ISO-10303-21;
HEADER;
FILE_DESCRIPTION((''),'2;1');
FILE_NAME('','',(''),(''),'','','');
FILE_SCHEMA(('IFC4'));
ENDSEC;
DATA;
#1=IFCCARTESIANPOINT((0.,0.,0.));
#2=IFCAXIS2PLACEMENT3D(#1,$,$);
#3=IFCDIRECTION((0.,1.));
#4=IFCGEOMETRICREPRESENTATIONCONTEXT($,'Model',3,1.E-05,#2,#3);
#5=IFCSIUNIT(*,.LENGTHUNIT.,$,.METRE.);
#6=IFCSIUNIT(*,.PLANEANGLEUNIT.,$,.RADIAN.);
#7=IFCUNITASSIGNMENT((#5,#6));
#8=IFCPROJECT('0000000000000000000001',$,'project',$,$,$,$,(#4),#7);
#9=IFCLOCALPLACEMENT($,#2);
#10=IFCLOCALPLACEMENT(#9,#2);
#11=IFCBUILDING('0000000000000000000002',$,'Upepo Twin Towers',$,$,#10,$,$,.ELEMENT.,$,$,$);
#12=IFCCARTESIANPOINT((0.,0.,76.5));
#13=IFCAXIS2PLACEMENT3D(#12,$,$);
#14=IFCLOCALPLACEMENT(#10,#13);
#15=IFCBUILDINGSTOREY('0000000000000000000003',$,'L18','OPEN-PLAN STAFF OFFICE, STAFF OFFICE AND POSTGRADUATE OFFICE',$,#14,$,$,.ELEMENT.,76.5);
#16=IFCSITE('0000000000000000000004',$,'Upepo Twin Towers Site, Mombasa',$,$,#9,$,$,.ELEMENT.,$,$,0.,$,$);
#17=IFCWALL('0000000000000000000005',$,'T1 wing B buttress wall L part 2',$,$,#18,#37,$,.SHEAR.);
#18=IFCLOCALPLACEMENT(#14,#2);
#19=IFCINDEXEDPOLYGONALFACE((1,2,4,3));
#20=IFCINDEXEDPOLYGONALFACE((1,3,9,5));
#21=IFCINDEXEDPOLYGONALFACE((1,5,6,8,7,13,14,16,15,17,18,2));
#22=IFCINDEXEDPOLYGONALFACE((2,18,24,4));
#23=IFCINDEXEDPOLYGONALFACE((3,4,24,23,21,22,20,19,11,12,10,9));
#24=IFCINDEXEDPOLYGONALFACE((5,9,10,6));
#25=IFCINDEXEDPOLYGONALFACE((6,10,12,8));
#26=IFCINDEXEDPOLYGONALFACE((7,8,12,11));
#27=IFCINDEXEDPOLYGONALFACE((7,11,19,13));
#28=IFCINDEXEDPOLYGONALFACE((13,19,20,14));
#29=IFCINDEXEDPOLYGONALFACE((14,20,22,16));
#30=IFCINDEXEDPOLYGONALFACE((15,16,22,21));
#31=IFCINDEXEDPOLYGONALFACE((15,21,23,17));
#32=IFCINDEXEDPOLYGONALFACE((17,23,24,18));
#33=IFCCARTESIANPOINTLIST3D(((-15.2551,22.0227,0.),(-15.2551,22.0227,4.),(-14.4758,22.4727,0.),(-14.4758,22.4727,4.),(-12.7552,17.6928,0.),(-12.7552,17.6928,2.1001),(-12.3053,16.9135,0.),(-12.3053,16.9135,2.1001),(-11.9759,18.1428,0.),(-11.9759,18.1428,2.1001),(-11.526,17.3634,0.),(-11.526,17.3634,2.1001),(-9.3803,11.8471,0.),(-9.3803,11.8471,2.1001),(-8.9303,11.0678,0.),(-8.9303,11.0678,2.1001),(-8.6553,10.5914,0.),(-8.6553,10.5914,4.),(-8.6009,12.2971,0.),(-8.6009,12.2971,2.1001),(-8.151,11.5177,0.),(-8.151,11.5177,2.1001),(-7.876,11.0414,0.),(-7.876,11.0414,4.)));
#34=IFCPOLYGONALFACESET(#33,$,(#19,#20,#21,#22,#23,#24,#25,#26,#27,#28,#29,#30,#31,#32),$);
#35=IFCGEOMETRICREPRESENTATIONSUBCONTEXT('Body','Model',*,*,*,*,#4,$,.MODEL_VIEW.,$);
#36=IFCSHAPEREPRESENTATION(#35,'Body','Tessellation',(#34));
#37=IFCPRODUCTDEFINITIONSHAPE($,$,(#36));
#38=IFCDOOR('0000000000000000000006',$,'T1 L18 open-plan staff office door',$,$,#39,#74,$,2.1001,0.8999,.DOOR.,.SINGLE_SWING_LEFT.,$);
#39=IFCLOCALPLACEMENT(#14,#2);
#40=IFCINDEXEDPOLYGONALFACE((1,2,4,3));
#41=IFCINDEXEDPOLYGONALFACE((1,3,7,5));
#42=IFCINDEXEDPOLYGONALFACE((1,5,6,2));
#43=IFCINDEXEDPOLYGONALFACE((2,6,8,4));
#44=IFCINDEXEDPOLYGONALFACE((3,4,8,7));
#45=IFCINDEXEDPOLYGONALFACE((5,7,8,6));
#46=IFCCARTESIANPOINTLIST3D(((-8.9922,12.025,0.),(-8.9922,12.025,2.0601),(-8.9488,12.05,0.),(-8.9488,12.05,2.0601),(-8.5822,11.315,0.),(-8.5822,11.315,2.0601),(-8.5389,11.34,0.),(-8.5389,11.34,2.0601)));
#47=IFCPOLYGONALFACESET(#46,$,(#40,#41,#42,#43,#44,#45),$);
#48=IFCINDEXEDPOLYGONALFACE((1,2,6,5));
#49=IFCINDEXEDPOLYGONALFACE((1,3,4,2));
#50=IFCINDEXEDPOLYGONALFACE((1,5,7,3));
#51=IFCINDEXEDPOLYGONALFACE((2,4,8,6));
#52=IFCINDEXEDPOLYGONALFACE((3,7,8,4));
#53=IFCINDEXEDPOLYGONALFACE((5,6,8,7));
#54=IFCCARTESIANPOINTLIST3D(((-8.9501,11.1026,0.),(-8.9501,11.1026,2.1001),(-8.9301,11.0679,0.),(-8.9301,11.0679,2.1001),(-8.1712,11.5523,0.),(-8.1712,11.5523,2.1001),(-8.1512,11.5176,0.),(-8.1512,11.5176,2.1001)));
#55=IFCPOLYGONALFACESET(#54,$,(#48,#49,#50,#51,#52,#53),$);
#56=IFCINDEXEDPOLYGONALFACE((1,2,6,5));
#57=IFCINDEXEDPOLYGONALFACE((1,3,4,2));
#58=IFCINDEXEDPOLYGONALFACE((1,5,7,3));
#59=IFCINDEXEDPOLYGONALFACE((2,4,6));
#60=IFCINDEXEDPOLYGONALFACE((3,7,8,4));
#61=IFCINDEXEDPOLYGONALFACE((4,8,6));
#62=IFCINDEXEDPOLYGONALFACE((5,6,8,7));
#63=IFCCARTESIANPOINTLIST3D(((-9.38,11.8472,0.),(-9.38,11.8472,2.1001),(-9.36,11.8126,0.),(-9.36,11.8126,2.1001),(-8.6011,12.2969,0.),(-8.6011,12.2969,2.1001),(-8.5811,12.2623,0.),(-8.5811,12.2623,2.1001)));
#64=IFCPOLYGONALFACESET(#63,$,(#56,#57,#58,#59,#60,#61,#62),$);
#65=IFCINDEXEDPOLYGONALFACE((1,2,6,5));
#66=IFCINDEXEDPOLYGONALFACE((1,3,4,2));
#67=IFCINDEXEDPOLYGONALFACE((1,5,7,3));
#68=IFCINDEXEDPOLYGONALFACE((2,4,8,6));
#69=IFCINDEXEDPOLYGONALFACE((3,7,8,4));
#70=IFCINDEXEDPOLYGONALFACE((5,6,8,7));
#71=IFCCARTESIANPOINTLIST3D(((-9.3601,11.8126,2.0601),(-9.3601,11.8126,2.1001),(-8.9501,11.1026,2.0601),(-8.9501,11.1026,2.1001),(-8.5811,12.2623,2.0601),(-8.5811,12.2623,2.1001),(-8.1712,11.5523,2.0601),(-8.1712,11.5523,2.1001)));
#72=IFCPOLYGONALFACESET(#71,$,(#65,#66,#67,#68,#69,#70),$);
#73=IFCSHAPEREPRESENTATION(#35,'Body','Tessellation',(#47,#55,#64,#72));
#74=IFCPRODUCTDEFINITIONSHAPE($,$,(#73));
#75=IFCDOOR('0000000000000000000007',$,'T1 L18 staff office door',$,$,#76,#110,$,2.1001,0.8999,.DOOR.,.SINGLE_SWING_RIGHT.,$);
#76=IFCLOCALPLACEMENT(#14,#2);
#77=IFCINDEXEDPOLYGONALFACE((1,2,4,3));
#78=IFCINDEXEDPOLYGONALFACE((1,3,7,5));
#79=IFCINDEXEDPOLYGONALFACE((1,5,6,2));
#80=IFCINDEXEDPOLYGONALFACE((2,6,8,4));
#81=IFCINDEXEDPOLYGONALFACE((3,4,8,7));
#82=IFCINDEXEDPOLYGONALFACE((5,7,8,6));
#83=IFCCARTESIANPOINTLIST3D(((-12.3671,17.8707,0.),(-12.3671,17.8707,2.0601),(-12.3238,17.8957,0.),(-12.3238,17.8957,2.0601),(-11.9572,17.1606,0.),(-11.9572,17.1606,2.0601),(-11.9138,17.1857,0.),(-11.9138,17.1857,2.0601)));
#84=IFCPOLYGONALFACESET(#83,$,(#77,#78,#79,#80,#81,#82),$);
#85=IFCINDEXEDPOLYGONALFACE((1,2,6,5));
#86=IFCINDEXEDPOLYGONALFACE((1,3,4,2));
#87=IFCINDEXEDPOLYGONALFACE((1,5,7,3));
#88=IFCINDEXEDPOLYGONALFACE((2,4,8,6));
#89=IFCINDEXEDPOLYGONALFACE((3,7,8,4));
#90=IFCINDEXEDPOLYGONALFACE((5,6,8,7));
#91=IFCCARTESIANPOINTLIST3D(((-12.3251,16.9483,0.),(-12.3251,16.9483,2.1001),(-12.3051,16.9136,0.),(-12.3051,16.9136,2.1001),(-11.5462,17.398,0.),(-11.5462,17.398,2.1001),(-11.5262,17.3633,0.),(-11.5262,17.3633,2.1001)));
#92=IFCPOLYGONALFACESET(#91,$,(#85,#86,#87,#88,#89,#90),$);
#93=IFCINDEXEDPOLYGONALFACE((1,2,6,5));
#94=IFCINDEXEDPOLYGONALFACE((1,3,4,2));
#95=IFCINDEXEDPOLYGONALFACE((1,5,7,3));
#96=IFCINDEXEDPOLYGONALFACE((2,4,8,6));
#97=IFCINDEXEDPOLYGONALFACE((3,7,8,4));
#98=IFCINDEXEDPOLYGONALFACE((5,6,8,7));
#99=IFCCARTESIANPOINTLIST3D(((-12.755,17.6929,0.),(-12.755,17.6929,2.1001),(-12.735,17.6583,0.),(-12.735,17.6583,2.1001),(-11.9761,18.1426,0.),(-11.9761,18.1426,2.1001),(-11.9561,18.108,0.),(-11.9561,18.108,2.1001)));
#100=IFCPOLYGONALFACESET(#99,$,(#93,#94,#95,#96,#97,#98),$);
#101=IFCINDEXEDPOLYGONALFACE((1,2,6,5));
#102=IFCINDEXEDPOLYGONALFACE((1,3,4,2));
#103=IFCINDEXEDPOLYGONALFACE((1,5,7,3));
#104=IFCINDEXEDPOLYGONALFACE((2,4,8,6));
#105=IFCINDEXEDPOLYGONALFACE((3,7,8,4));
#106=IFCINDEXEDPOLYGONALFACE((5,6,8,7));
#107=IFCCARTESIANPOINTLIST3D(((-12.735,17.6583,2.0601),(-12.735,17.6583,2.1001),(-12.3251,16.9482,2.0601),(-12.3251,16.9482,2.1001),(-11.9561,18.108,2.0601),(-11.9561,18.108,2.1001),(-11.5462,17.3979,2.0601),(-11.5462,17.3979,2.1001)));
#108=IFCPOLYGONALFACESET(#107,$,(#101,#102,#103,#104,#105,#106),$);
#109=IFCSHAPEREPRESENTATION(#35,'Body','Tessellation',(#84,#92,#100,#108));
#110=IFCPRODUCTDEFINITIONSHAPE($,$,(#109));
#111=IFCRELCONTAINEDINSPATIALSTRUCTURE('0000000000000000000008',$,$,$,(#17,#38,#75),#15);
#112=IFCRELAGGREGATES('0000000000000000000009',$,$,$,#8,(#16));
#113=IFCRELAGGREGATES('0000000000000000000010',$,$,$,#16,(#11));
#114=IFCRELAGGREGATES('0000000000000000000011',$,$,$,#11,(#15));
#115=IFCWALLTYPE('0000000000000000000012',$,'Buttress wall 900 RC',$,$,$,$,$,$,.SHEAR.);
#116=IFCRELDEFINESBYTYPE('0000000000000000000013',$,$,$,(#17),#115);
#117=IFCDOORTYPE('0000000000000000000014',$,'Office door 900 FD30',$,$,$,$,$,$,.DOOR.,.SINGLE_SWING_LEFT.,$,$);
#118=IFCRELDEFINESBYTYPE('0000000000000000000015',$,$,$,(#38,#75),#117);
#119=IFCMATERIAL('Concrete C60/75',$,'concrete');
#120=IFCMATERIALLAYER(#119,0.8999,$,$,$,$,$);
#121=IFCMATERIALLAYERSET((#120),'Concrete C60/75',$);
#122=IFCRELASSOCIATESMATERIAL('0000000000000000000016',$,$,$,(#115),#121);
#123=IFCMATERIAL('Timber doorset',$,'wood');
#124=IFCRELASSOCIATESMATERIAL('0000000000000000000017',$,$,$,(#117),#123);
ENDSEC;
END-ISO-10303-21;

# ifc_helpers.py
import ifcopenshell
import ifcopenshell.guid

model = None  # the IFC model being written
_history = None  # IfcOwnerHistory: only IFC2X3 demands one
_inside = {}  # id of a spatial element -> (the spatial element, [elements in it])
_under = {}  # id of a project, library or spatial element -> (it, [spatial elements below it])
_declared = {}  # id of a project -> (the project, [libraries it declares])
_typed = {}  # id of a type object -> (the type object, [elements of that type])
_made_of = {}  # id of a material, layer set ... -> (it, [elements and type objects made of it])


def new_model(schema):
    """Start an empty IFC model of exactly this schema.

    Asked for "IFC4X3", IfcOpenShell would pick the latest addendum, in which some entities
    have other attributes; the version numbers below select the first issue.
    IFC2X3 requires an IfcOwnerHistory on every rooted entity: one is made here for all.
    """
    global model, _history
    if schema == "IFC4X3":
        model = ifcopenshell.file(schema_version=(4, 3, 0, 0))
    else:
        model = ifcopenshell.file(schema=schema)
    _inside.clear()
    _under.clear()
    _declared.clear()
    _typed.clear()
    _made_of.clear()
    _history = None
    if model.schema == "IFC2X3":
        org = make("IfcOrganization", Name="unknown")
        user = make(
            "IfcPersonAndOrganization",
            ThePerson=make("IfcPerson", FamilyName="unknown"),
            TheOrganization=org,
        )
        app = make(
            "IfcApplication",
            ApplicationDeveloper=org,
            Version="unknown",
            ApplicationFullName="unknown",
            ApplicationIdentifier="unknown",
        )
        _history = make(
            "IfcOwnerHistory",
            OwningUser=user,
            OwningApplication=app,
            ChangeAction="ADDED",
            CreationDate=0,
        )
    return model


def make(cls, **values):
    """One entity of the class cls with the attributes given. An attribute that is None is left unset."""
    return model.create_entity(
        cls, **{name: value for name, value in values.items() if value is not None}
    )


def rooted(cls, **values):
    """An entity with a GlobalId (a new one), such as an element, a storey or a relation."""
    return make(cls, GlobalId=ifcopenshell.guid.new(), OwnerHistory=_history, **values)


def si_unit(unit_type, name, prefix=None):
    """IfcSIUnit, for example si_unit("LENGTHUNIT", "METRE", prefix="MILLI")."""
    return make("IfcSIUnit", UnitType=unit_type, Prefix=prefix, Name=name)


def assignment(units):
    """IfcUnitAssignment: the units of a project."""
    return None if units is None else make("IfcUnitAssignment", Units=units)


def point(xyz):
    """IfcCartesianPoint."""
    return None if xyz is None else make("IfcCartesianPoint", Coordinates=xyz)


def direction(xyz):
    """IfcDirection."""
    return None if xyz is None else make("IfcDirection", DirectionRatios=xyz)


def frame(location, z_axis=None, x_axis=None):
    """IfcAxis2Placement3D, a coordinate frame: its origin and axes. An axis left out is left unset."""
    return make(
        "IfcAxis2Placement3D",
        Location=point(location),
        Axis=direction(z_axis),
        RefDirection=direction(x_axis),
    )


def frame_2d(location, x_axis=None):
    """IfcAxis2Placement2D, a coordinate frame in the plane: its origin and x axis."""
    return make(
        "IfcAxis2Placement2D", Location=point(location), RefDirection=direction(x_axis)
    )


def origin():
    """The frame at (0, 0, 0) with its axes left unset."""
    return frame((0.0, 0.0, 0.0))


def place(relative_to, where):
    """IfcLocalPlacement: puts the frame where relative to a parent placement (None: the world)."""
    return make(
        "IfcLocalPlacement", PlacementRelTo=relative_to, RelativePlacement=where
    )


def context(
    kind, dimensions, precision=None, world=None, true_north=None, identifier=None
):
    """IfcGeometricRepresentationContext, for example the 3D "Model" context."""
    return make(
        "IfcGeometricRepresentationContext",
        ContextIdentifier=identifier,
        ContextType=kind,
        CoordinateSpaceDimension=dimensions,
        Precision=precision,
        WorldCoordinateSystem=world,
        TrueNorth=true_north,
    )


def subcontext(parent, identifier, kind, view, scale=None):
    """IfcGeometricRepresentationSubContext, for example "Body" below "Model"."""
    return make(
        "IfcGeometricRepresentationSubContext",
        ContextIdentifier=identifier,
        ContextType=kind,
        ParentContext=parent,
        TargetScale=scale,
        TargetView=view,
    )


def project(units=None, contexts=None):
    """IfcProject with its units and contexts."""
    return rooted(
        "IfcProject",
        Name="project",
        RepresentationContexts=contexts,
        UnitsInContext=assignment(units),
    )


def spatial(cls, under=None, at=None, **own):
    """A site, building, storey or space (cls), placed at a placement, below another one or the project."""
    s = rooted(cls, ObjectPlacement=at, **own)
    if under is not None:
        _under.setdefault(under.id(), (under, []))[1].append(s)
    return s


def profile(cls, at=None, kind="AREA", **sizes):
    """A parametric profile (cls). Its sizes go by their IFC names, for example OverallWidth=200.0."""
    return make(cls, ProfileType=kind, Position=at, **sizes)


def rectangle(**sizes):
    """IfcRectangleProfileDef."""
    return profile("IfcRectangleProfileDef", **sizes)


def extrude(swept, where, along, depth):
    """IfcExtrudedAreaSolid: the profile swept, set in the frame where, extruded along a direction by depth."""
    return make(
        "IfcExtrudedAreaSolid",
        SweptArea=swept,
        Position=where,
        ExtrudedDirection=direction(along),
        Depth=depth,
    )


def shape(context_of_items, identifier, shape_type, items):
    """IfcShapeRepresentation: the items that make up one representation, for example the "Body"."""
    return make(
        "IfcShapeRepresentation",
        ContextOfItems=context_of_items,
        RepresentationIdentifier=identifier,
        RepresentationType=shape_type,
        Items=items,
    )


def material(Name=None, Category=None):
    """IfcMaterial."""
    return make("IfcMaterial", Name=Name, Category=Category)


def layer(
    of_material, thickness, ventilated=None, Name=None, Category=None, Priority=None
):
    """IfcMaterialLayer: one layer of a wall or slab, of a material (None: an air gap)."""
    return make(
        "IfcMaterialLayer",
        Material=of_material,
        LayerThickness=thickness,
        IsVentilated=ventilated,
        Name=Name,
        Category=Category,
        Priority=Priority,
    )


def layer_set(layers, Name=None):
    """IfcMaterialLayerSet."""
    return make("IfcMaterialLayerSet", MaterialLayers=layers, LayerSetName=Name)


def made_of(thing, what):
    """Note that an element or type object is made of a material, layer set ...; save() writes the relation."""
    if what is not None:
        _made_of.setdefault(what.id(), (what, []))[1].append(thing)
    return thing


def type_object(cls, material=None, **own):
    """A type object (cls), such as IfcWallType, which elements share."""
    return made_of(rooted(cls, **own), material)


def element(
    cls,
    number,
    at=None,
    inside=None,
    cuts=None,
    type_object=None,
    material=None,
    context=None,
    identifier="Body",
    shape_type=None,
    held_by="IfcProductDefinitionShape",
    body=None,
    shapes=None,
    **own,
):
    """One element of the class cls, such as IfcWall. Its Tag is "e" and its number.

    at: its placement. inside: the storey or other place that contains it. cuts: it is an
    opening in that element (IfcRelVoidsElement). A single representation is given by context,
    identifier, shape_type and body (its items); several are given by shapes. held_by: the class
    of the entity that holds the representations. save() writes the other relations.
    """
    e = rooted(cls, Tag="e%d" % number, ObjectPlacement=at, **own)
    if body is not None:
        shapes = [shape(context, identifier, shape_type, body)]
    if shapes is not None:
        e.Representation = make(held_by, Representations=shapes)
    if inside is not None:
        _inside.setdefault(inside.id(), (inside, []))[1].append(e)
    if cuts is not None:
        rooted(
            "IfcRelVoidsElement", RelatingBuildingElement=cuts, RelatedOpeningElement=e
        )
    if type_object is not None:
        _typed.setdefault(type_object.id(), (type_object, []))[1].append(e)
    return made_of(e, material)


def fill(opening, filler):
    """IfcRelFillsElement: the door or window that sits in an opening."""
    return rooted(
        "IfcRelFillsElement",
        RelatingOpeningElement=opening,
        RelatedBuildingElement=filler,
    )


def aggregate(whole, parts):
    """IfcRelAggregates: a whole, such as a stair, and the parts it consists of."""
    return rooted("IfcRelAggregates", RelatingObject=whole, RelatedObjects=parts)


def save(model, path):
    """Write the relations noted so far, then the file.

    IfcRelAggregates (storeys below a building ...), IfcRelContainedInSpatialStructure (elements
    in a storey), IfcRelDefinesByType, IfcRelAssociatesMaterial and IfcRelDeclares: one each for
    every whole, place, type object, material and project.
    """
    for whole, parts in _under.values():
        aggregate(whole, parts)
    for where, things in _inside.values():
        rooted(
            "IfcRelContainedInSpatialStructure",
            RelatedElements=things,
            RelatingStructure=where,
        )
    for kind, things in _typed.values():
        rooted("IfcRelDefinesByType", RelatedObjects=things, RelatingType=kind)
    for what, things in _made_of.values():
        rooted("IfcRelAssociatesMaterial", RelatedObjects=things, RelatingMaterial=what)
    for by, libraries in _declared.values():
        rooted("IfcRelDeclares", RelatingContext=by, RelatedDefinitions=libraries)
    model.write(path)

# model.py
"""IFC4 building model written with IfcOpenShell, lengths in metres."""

from ifc_helpers import new_model, si_unit, direction, frame, frame_2d, origin, place, context, subcontext, project, spatial, rectangle, extrude, material, layer, layer_set, type_object, element, fill, save


model = new_model("IFC4")

# Units and contexts
model_context = context("Model", 3, precision=1e-05, world=origin(), true_north=direction((0.0, 1.0)))
body_context = subcontext(model_context, "Body", "Model", "MODEL_VIEW")
ifc_project = project(units=[si_unit("LENGTHUNIT", "METRE"), si_unit("PLANEANGLEUNIT", "RADIAN")], contexts=[model_context])

# Site, building, storey
site_placement = place(None, origin())
site = spatial("IfcSite", under=ifc_project, at=site_placement, Name="Upepo Twin Towers Site, Mombasa", CompositionType="ELEMENT", RefElevation=0.0)
building_placement = place(site_placement, origin())
building = spatial("IfcBuilding", under=site, at=building_placement, Name="Upepo Twin Towers", CompositionType="ELEMENT")
storey_placement = place(building_placement, frame((0.0, 0.0, 76.5)))
storey = spatial("IfcBuildingStorey", under=building, at=storey_placement, Name="L18", Description="OPEN-PLAN STAFF OFFICE, STAFF OFFICE AND POSTGRADUATE OFFICE", CompositionType="ELEMENT", Elevation=76.5)

# Wall, openings, doors
ifc_material_1 = material(Name="Concrete C60/75", Category="concrete")
ifc_layer_1 = layer(ifc_material_1, 0.8999)
ifc_layer_set_1 = layer_set([ifc_layer_1], Name="Concrete C60/75")
wall_type_1 = type_object("IfcWallType", Name="Buttress wall 900 RC", PredefinedType="SHEAR", material=ifc_layer_set_1)
wall_1_placement = place(storey_placement, frame((-8.2656, 10.8164, 0.0), z_axis=(0.0, 0.0, 1.0), x_axis=(-0.499996, 0.866028, 0.0)))
wall_1 = element("IfcWall", 1, at=wall_1_placement, inside=storey, type_object=wall_type_1, Name="T1 wing B buttress wall L part 2", PredefinedType="SHEAR", context=body_context, shape_type="SweptSolid", body=[
    extrude(rectangle(XDim=13.1997, YDim=0.8999, at=frame_2d((6.5999, 0.0))), origin(), (0.0, 0.0, 1.0), 4.0),
])
opening_1_placement = place(wall_1_placement, frame((0.55, 0.0, 0.0)))
opening_1 = element("IfcOpeningElement", 2, at=opening_1_placement, cuts=wall_1, PredefinedType="OPENING", context=body_context, shape_type="SweptSolid", body=[
    extrude(rectangle(XDim=0.8999, YDim=2.1001, at=frame_2d((0.45, 1.05))), frame((0.0, 0.46, 0.0), z_axis=(0.0, -1.0, 0.0), x_axis=(1.0, 0.0, 0.0)), (0.0, 0.0, 1.0), 0.9199),
])
opening_2_placement = place(wall_1_placement, frame((7.3, 0.0, 0.0)))
opening_2 = element("IfcOpeningElement", 3, at=opening_2_placement, cuts=wall_1, PredefinedType="OPENING", context=body_context, shape_type="SweptSolid", body=[
    extrude(rectangle(XDim=0.8999, YDim=2.1001, at=frame_2d((0.45, 1.05))), frame((0.0, 0.46, 0.0), z_axis=(0.0, -1.0, 0.0), x_axis=(1.0, 0.0, 0.0)), (0.0, 0.0, 1.0), 0.9199),
])
ifc_material_2 = material(Name="Timber doorset", Category="wood")
door_type = type_object("IfcDoorType", Name="Office door 900 FD30", OperationType="SINGLE_SWING_LEFT", PredefinedType="DOOR", material=ifc_material_2)
door_1_placement = place(opening_1_placement, origin())
door_1 = element("IfcDoor", 4, at=door_1_placement, inside=storey, type_object=door_type, Name="T1 L18 open-plan staff office door", OperationType="SINGLE_SWING_LEFT", OverallHeight=2.1001, OverallWidth=0.8999, PredefinedType="DOOR", context=body_context, shape_type="SweptSolid", body=[
    extrude(rectangle(XDim=0.8199, YDim=2.0601, at=frame_2d((0.45, 1.03))), frame((0.0, 0.0249, 0.0), z_axis=(0.0, -1.0, 0.0), x_axis=(1.0, 0.0, 0.0)), (0.0, 0.0, 1.0), 0.05),
    extrude(rectangle(XDim=0.04, YDim=2.1001, at=frame_2d((0.02, 1.05))), frame((0.0, 0.4497, 0.0), z_axis=(0.0, -1.0, 0.0), x_axis=(1.0, 0.0, 0.0)), (0.0, 0.0, 1.0), 0.8994),
    extrude(rectangle(XDim=0.04, YDim=2.1001, at=frame_2d((0.8799, 1.05))), frame((0.0, 0.4497, 0.0), z_axis=(0.0, -1.0, 0.0), x_axis=(1.0, 0.0, 0.0)), (0.0, 0.0, 1.0), 0.8994),
    extrude(rectangle(XDim=0.8199, YDim=0.04, at=frame_2d((0.45, 2.0801))), frame((0.0, 0.4497, 0.0), z_axis=(0.0, -1.0, 0.0), x_axis=(1.0, 0.0, 0.0)), (0.0, 0.0, 1.0), 0.8994),
])
fill(opening_1, door_1)
door_2_placement = place(opening_2_placement, origin())
door_2 = element("IfcDoor", 5, at=door_2_placement, inside=storey, type_object=door_type, Name="T1 L18 staff office door", OperationType="SINGLE_SWING_RIGHT", OverallHeight=2.1001, OverallWidth=0.8999, PredefinedType="DOOR", context=body_context, shape_type="SweptSolid", body=[
    extrude(rectangle(XDim=0.8199, YDim=2.0601, at=frame_2d((0.45, 1.03))), frame((0.0, 0.0249, 0.0), z_axis=(0.0, -1.0, 0.0), x_axis=(1.0, 0.0, 0.0)), (0.0, 0.0, 1.0), 0.05),
    extrude(rectangle(XDim=0.04, YDim=2.1001, at=frame_2d((0.02, 1.05))), frame((0.0, 0.4497, 0.0), z_axis=(0.0, -1.0, 0.0), x_axis=(1.0, 0.0, 0.0)), (0.0, 0.0, 1.0), 0.8994),
    extrude(rectangle(XDim=0.04, YDim=2.1001, at=frame_2d((0.8799, 1.05))), frame((0.0, 0.4497, 0.0), z_axis=(0.0, -1.0, 0.0), x_axis=(1.0, 0.0, 0.0)), (0.0, 0.0, 1.0), 0.8994),
    extrude(rectangle(XDim=0.8199, YDim=0.04, at=frame_2d((0.45, 2.0801))), frame((0.0, 0.4497, 0.0), z_axis=(0.0, -1.0, 0.0), x_axis=(1.0, 0.0, 0.0)), (0.0, 0.0, 1.0), 0.8994),
])
fill(opening_2, door_2)

save(model, "model.ifc")
